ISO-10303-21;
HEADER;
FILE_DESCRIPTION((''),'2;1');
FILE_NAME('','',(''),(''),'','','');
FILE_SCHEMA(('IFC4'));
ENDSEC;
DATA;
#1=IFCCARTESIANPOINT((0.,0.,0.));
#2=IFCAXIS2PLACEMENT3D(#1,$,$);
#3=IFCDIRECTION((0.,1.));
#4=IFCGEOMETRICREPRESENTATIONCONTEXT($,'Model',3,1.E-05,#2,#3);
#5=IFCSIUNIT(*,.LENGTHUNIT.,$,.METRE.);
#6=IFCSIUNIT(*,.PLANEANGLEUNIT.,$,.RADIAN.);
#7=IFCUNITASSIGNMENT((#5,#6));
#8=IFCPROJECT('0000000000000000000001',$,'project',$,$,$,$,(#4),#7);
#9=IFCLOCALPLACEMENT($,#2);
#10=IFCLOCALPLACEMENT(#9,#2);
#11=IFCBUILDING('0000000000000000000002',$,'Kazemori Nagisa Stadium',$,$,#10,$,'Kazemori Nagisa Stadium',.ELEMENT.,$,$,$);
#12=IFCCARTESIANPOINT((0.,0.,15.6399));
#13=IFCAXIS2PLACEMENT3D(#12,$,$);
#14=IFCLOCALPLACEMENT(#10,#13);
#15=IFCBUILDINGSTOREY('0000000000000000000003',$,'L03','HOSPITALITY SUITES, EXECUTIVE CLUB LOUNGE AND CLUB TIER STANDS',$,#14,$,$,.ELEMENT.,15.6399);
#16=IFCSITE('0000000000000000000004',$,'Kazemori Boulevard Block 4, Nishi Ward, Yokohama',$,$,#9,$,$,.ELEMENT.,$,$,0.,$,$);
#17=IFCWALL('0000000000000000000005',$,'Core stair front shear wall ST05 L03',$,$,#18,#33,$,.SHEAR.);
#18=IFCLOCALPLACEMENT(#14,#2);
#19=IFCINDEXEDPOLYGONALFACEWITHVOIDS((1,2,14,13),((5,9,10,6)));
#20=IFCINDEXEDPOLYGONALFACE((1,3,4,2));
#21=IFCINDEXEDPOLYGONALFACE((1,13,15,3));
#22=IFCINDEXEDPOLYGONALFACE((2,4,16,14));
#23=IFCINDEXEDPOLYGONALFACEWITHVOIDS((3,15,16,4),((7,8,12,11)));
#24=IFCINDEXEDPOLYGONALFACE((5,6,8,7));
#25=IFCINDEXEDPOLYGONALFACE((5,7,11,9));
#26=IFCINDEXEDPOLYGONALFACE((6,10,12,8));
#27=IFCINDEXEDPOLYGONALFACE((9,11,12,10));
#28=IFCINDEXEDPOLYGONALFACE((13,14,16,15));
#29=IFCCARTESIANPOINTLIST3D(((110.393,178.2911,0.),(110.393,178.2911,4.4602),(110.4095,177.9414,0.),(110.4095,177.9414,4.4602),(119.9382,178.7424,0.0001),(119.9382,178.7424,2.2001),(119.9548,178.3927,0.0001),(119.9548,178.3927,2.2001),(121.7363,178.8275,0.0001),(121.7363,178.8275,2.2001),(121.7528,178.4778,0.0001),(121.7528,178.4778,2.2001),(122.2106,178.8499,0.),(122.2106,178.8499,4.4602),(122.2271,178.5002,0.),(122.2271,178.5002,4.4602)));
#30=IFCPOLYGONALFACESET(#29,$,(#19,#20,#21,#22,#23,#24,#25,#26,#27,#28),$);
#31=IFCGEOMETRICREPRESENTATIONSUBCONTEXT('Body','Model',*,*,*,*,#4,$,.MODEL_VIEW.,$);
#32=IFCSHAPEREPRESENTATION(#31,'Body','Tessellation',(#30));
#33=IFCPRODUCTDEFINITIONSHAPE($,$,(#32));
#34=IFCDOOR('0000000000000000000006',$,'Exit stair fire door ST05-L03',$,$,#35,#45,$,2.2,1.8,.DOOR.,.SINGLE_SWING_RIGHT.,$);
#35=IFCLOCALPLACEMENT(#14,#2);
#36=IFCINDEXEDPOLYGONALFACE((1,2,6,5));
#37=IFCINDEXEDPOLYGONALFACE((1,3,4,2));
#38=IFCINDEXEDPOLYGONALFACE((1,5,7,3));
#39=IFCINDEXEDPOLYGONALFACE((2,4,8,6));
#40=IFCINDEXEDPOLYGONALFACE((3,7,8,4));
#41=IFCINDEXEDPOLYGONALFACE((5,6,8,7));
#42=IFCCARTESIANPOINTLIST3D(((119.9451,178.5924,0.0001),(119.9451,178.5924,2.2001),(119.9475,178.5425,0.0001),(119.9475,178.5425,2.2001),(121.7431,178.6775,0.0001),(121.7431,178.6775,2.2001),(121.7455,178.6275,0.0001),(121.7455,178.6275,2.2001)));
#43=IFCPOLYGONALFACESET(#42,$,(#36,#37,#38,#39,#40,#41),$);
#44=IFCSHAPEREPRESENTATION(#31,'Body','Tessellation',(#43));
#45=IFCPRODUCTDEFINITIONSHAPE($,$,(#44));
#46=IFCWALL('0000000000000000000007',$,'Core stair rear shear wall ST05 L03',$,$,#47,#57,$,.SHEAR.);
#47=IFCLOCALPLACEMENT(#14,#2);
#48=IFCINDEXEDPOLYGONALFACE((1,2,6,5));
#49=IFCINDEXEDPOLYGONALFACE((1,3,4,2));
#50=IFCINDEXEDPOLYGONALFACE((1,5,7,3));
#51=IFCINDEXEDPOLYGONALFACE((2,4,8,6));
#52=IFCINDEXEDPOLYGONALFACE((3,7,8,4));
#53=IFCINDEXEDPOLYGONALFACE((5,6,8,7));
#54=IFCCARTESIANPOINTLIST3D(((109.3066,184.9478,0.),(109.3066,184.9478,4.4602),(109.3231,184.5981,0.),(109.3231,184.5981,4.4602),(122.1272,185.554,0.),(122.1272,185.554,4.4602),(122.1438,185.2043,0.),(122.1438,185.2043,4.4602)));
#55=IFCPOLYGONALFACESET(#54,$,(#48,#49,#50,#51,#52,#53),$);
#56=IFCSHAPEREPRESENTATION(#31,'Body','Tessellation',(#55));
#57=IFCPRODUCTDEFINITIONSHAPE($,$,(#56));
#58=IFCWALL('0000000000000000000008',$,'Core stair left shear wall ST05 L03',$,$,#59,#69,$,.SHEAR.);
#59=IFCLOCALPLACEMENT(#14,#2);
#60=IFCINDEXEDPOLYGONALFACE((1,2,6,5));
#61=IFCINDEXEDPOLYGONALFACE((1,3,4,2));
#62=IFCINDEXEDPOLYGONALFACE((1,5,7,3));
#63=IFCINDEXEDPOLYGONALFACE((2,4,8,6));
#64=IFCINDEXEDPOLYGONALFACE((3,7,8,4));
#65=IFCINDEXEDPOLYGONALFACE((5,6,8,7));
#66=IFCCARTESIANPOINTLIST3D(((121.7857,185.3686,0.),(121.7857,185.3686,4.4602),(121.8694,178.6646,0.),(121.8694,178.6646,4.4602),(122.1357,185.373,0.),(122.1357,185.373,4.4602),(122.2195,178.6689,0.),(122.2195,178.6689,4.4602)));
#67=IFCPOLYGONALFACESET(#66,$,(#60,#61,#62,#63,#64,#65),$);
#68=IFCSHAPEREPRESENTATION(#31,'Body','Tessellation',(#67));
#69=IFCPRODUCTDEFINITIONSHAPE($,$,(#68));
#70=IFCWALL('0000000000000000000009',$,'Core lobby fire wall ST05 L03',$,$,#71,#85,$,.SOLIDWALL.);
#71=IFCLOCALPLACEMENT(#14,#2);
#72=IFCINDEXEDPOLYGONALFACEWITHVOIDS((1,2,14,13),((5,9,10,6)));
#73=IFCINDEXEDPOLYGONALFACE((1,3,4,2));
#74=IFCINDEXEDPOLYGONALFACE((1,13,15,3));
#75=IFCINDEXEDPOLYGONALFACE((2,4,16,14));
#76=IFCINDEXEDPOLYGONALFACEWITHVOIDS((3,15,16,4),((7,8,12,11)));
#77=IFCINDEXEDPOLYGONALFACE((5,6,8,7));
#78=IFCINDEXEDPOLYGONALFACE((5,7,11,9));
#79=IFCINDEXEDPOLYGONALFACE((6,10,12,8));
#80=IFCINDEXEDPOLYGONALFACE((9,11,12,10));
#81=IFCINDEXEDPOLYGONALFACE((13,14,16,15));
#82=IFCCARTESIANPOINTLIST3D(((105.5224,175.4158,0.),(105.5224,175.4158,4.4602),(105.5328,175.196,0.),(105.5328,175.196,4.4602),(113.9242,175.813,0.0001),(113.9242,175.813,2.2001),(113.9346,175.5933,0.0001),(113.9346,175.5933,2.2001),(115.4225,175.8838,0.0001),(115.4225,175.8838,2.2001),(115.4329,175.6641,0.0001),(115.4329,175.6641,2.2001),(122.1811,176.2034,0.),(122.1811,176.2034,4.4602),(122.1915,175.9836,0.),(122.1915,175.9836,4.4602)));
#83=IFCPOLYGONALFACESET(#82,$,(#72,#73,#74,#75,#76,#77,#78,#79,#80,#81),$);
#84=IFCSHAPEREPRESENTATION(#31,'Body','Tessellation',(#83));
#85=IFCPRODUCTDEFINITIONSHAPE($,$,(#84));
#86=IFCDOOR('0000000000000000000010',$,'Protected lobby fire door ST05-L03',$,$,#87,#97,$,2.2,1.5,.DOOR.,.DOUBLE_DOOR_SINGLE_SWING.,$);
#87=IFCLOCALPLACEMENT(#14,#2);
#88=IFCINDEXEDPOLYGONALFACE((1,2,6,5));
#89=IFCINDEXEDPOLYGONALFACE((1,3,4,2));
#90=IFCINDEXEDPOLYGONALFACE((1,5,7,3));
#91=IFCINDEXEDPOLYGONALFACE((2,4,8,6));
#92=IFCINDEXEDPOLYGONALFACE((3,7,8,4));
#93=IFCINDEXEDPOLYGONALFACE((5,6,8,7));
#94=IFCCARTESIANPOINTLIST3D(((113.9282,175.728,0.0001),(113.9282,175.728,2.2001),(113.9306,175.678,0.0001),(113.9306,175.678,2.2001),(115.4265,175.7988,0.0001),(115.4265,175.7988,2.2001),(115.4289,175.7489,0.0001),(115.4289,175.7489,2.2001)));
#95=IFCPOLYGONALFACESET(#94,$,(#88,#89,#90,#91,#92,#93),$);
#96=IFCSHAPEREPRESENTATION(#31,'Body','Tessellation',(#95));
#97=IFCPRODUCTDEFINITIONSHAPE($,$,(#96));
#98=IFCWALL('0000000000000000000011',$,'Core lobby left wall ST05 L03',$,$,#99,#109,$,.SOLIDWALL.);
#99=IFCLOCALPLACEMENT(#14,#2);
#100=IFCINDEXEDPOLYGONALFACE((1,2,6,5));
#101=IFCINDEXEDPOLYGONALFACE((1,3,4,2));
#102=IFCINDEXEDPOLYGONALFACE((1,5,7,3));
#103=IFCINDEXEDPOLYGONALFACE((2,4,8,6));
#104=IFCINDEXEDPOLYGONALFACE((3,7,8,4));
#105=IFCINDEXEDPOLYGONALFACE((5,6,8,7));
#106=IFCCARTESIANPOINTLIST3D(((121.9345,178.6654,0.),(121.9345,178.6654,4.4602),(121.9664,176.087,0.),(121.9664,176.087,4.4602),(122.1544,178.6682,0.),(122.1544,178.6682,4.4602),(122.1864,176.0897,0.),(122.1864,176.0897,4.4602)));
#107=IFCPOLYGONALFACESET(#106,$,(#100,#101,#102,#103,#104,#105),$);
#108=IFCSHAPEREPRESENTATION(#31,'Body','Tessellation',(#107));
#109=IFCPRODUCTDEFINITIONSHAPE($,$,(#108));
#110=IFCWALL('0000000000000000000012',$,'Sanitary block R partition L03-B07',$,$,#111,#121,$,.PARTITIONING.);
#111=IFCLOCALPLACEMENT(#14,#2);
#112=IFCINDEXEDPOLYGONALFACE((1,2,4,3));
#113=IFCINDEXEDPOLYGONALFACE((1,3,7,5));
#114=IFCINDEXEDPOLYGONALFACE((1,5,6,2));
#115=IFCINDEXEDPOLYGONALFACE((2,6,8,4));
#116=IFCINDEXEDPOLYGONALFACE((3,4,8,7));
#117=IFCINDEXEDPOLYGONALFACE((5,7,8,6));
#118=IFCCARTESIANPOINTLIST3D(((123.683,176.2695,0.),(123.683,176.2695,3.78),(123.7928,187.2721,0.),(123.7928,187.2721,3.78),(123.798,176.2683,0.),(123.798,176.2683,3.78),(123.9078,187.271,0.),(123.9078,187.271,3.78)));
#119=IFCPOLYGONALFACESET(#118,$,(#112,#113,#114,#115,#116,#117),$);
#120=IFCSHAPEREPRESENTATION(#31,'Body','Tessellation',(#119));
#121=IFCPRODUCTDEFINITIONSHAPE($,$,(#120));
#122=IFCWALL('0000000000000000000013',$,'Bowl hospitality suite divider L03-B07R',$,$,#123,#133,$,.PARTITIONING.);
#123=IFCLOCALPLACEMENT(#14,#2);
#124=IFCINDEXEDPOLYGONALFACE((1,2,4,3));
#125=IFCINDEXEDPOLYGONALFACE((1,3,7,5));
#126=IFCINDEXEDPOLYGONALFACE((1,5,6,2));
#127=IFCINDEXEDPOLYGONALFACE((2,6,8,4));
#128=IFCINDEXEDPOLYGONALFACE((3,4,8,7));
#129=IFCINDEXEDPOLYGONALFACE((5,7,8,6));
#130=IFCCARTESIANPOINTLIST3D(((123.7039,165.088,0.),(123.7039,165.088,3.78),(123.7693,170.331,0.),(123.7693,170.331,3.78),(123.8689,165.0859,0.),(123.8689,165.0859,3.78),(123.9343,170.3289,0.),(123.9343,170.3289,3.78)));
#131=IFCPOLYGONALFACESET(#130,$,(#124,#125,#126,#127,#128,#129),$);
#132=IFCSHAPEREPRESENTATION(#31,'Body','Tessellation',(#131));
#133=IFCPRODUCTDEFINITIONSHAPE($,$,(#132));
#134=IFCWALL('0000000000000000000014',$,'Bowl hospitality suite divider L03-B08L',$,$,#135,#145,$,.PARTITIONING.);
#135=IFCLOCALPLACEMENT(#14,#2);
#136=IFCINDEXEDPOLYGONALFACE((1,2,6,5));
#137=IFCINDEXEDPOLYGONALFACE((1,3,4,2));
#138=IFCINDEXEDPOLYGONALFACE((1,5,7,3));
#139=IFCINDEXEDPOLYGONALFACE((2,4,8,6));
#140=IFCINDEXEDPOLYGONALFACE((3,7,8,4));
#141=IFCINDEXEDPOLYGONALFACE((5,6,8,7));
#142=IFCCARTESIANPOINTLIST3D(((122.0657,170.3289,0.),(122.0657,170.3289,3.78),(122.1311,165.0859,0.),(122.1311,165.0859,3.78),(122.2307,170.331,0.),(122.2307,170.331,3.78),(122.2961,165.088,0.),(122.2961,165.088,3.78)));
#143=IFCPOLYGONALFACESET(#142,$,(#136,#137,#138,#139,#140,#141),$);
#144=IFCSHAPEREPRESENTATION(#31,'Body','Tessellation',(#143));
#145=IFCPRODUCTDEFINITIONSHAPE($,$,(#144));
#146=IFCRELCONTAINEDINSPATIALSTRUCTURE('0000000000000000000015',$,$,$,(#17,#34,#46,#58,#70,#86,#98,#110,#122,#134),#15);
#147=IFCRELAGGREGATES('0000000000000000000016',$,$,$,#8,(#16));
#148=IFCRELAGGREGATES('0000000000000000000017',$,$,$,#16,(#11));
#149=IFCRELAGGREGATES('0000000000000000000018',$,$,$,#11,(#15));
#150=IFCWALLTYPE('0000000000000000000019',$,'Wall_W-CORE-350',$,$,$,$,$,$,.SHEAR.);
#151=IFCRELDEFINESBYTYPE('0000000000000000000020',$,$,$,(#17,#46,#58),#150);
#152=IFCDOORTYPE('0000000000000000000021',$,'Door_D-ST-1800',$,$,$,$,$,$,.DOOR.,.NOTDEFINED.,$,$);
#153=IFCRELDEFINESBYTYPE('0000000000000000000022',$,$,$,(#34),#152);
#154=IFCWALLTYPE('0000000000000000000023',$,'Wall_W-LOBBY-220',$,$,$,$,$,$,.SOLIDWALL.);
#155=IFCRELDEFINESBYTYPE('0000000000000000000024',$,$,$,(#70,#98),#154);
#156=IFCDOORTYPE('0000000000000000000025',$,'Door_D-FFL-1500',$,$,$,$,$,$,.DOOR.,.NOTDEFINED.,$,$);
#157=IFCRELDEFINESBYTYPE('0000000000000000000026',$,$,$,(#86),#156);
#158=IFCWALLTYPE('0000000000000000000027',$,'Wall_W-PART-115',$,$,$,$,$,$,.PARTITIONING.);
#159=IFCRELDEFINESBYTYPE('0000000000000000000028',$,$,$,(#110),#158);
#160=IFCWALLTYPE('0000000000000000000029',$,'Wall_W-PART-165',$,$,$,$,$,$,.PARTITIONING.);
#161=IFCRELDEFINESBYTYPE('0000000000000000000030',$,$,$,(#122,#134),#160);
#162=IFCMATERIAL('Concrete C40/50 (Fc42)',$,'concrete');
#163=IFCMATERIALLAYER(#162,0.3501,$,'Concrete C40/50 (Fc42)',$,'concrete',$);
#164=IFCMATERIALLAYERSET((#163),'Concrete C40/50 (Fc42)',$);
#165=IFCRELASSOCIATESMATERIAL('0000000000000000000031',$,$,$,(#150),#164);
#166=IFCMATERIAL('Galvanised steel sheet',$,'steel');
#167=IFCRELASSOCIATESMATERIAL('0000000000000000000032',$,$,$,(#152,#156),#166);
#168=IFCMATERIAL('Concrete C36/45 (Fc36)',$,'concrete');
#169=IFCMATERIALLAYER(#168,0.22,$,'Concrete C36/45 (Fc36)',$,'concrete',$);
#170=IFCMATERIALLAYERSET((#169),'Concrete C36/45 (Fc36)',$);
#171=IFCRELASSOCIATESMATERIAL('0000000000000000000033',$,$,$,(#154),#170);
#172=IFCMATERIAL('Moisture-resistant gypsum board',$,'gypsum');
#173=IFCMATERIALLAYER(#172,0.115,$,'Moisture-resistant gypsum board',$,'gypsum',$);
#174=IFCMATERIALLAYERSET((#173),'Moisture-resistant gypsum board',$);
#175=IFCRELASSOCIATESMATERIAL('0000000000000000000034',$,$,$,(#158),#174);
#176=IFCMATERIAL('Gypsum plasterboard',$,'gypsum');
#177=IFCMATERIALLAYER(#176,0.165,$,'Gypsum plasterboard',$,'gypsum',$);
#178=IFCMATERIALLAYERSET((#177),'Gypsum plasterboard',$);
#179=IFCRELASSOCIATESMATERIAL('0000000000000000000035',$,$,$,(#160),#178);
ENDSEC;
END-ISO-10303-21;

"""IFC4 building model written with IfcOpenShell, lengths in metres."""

from ifc_helpers import new_model, si_unit, direction, frame, frame_2d, origin, place, context, subcontext, project, spatial, rectangle, extrude, material, layer, layer_set, type_object, element, fill, save


model = new_model("IFC4")

# Units and contexts
model_context = context("Model", 3, precision=1e-05, world=origin(), true_north=direction((0.0, 1.0)))
body_context = subcontext(model_context, "Body", "Model", "MODEL_VIEW")
ifc_project = project(units=[si_unit("LENGTHUNIT", "METRE"), si_unit("PLANEANGLEUNIT", "RADIAN")], contexts=[model_context])

# Site, building, storey
site_placement = place(None, origin())
site = spatial("IfcSite", under=ifc_project, at=site_placement, Name="Kazemori Boulevard Block 4, Nishi Ward, Yokohama", CompositionType="ELEMENT", RefElevation=0.0)
building_placement = place(site_placement, origin())
building = spatial("IfcBuilding", under=site, at=building_placement, Name="Kazemori Nagisa Stadium", LongName="Kazemori Nagisa Stadium", CompositionType="ELEMENT")
storey_placement = place(building_placement, frame((0.0, 0.0, 15.6399)))
storey = spatial("IfcBuildingStorey", under=building, at=storey_placement, Name="L03", Description="HOSPITALITY SUITES, EXECUTIVE CLUB LOUNGE AND CLUB TIER STANDS", CompositionType="ELEMENT", Elevation=15.6399)

# Shared definitions
ifc_material_1 = material(Name="Concrete C40/50 (Fc42)", Category="concrete")

# Wall, opening, door
ifc_layer_1 = layer(ifc_material_1, 0.3501, Name="Concrete C40/50 (Fc42)", Category="concrete")
ifc_layer_set_1 = layer_set([ifc_layer_1], Name="Concrete C40/50 (Fc42)")
wall_type_1 = type_object("IfcWallType", Name="Wall_W-CORE-350", PredefinedType="SHEAR", material=ifc_layer_set_1)
wall_1_placement = place(storey_placement, frame((122.219, 178.675, 0.0), z_axis=(0.0, 0.0, 1.0), x_axis=(-0.998884, -0.047236, 0.0)))
wall_1 = element("IfcWall", 1, at=wall_1_placement, inside=storey, type_object=wall_type_1, Name="Core stair front shear wall ST05 L03", PredefinedType="SHEAR", context=body_context, shape_type="SweptSolid", body=[
    extrude(rectangle(XDim=11.8308, YDim=0.3501, at=frame_2d((5.9155, 0.0))), origin(), (0.0, 0.0, 1.0), 4.4602),
])
opening_1_placement = place(wall_1_placement, frame((0.4751, 0.0, 0.0)))
opening_1 = element("IfcOpeningElement", 2, at=opening_1_placement, cuts=wall_1, PredefinedType="OPENING", context=body_context, shape_type="SweptSolid", body=[
    extrude(rectangle(XDim=1.8, YDim=2.2, at=frame_2d((0.8999, 1.1001))), frame((0.0, 0.1851, 0.0), z_axis=(0.0, -1.0, 0.0), x_axis=(1.0, 0.0, 0.0)), (0.0, 0.0, 1.0), 0.3701),
])
ifc_material_2 = material(Name="Galvanised steel sheet", Category="steel")
door_type_1 = type_object("IfcDoorType", Name="Door_D-ST-1800", OperationType="NOTDEFINED", PredefinedType="DOOR", material=ifc_material_2)
door_1_placement = place(opening_1_placement, frame((1.8, 0.0, 0.0), z_axis=(0.0, 0.0, 1.0), x_axis=(-1.0, 0.0, 0.0)))
door_1 = element("IfcDoor", 3, at=door_1_placement, inside=storey, type_object=door_type_1, Name="Exit stair fire door ST05-L03", OperationType="SINGLE_SWING_RIGHT", OverallHeight=2.2, OverallWidth=1.8, PredefinedType="DOOR", context=body_context, shape_type="SweptSolid", body=[
    extrude(rectangle(XDim=1.8, YDim=2.2, at=frame_2d((0.8999, 1.1001))), frame((0.0, 0.0249, 0.0), z_axis=(0.0, -1.0, 0.0), x_axis=(1.0, 0.0, 0.0)), (0.0, 0.0, 1.0), 0.05),
])
fill(opening_1, door_1)

# Walls
wall_2_placement = place(storey_placement, frame((122.1355, 185.3792, 0.0), z_axis=(0.0, 0.0, 1.0), x_axis=(-0.998884, -0.047231, 0.0)))
element("IfcWall", 4, at=wall_2_placement, inside=storey, type_object=wall_type_1, Name="Core stair rear shear wall ST05 L03", PredefinedType="SHEAR", context=body_context, shape_type="SweptSolid", body=[
    extrude(rectangle(XDim=12.835, YDim=0.3501, at=frame_2d((6.4175, 0.0))), origin(), (0.0, 0.0, 1.0), 4.4602),
])
wall_3_placement = place(storey_placement, frame((122.0444, 178.6667, 0.0), z_axis=(0.0, 0.0, 1.0), x_axis=(-0.01249, 0.999922, 0.0)))
element("IfcWall", 5, at=wall_3_placement, inside=storey, type_object=wall_type_1, Name="Core stair left shear wall ST05 L03", PredefinedType="SHEAR", context=body_context, shape_type="SweptSolid", body=[
    extrude(rectangle(XDim=6.7046, YDim=0.3501, at=frame_2d((3.3523, 0.0))), origin(), (0.0, 0.0, 1.0), 4.4602),
])

# Wall, opening, door
ifc_material_3 = material(Name="Concrete C36/45 (Fc36)", Category="concrete")
ifc_layer_2 = layer(ifc_material_3, 0.22, Name="Concrete C36/45 (Fc36)", Category="concrete")
ifc_layer_set_2 = layer_set([ifc_layer_2], Name="Concrete C36/45 (Fc36)")
wall_type_2 = type_object("IfcWallType", Name="Wall_W-LOBBY-220", PredefinedType="SOLIDWALL", material=ifc_layer_set_2)
wall_4_placement = place(storey_placement, frame((122.1863, 176.0935, 0.0), z_axis=(0.0, 0.0, 1.0), x_axis=(-0.998884, -0.047226, 0.0)))
wall_4 = element("IfcWall", 6, at=wall_4_placement, inside=storey, type_object=wall_type_2, Name="Core lobby fire wall ST05 L03", PredefinedType="SOLIDWALL", context=body_context, shape_type="SweptSolid", body=[
    extrude(rectangle(XDim=16.6772, YDim=0.22, at=frame_2d((8.3386, 0.0))), origin(), (0.0, 0.0, 1.0), 4.4602),
])
opening_2_placement = place(wall_4_placement, frame((6.7661, 0.0, 0.0)))
opening_2 = element("IfcOpeningElement", 7, at=opening_2_placement, cuts=wall_4, PredefinedType="OPENING", context=body_context, shape_type="SweptSolid", body=[
    extrude(rectangle(XDim=1.5, YDim=2.2, at=frame_2d((0.75, 1.1001))), frame((0.0, 0.1199, 0.0), z_axis=(0.0, -1.0, 0.0), x_axis=(1.0, 0.0, 0.0)), (0.0, 0.0, 1.0), 0.24),
])
door_type_2 = type_object("IfcDoorType", Name="Door_D-FFL-1500", OperationType="NOTDEFINED", PredefinedType="DOOR", material=ifc_material_2)
door_2_placement = place(opening_2_placement, frame((1.5, 0.0, 0.0), z_axis=(0.0, 0.0, 1.0), x_axis=(-1.0, 0.0, 0.0)))
door_2 = element("IfcDoor", 8, at=door_2_placement, inside=storey, type_object=door_type_2, Name="Protected lobby fire door ST05-L03", OperationType="DOUBLE_DOOR_SINGLE_SWING", OverallHeight=2.2, OverallWidth=1.5, PredefinedType="DOOR", context=body_context, shape_type="SweptSolid", body=[
    extrude(rectangle(XDim=1.5, YDim=2.2, at=frame_2d((0.75, 1.1001))), frame((0.0, 0.0249, 0.0), z_axis=(0.0, -1.0, 0.0), x_axis=(1.0, 0.0, 0.0)), (0.0, 0.0, 1.0), 0.05),
])
fill(opening_2, door_2)

# Walls
wall_5_placement = place(storey_placement, frame((122.0764, 176.0884, 0.0), z_axis=(0.0, 0.0, 1.0), x_axis=(-0.012403, 0.999923, 0.0)))
element("IfcWall", 9, at=wall_5_placement, inside=storey, type_object=wall_type_2, Name="Core lobby left wall ST05 L03", PredefinedType="SOLIDWALL", context=body_context, shape_type="SweptSolid", body=[
    extrude(rectangle(XDim=2.5786, YDim=0.22, at=frame_2d((1.2893, 0.0))), origin(), (0.0, 0.0, 1.0), 4.4602),
])
ifc_material_4 = material(Name="Moisture-resistant gypsum board", Category="gypsum")
ifc_layer_3 = layer(ifc_material_4, 0.115, Name="Moisture-resistant gypsum board", Category="gypsum")
ifc_layer_set_3 = layer_set([ifc_layer_3], Name="Moisture-resistant gypsum board")
wall_type_3 = type_object("IfcWallType", Name="Wall_W-PART-115", PredefinedType="PARTITIONING", material=ifc_layer_set_3)
wall_6_placement = place(storey_placement, frame((123.7405, 176.269, 0.0), z_axis=(0.0, 0.0, 1.0), x_axis=(0.009985, 0.99995, 0.0)))
element("IfcWall", 10, at=wall_6_placement, inside=storey, type_object=wall_type_3, Name="Sanitary block R partition L03-B07", PredefinedType="PARTITIONING", context=body_context, shape_type="SweptSolid", body=[
    extrude(rectangle(XDim=11.0032, YDim=0.115, at=frame_2d((5.5015, 0.0))), origin(), (0.0, 0.0, 1.0), 3.78),
])
ifc_material_5 = material(Name="Gypsum plasterboard", Category="gypsum")
ifc_layer_4 = layer(ifc_material_5, 0.165, Name="Gypsum plasterboard", Category="gypsum")
ifc_layer_set_4 = layer_set([ifc_layer_4], Name="Gypsum plasterboard")
wall_type_4 = type_object("IfcWallType", Name="Wall_W-PART-165", PredefinedType="PARTITIONING", material=ifc_layer_set_4)
for number, where, z_axis, x_axis, name in (
    (11, (123.8518, 170.3298, 0.0), (0.0, 0.0, 1.0), (-0.012479, -0.999922, 0.0), "Bowl hospitality suite divider L03-B07R"),
    (12, (122.1482, 170.3298, 0.0), (0.0, 0.0, 1.0), (0.012479, -0.999922, 0.0), "Bowl hospitality suite divider L03-B08L"),
):
    element("IfcWall", number, at=place(storey_placement, frame(where, z_axis=z_axis, x_axis=x_axis)), inside=storey, type_object=wall_type_4, Name=name, PredefinedType="PARTITIONING", context=body_context, shape_type="SweptSolid", body=[
        extrude(rectangle(XDim=5.2434, YDim=0.165, at=frame_2d((2.6216, 0.0))), origin(), (0.0, 0.0, 1.0), 3.78),
    ])

save(model, "model.ifc")
